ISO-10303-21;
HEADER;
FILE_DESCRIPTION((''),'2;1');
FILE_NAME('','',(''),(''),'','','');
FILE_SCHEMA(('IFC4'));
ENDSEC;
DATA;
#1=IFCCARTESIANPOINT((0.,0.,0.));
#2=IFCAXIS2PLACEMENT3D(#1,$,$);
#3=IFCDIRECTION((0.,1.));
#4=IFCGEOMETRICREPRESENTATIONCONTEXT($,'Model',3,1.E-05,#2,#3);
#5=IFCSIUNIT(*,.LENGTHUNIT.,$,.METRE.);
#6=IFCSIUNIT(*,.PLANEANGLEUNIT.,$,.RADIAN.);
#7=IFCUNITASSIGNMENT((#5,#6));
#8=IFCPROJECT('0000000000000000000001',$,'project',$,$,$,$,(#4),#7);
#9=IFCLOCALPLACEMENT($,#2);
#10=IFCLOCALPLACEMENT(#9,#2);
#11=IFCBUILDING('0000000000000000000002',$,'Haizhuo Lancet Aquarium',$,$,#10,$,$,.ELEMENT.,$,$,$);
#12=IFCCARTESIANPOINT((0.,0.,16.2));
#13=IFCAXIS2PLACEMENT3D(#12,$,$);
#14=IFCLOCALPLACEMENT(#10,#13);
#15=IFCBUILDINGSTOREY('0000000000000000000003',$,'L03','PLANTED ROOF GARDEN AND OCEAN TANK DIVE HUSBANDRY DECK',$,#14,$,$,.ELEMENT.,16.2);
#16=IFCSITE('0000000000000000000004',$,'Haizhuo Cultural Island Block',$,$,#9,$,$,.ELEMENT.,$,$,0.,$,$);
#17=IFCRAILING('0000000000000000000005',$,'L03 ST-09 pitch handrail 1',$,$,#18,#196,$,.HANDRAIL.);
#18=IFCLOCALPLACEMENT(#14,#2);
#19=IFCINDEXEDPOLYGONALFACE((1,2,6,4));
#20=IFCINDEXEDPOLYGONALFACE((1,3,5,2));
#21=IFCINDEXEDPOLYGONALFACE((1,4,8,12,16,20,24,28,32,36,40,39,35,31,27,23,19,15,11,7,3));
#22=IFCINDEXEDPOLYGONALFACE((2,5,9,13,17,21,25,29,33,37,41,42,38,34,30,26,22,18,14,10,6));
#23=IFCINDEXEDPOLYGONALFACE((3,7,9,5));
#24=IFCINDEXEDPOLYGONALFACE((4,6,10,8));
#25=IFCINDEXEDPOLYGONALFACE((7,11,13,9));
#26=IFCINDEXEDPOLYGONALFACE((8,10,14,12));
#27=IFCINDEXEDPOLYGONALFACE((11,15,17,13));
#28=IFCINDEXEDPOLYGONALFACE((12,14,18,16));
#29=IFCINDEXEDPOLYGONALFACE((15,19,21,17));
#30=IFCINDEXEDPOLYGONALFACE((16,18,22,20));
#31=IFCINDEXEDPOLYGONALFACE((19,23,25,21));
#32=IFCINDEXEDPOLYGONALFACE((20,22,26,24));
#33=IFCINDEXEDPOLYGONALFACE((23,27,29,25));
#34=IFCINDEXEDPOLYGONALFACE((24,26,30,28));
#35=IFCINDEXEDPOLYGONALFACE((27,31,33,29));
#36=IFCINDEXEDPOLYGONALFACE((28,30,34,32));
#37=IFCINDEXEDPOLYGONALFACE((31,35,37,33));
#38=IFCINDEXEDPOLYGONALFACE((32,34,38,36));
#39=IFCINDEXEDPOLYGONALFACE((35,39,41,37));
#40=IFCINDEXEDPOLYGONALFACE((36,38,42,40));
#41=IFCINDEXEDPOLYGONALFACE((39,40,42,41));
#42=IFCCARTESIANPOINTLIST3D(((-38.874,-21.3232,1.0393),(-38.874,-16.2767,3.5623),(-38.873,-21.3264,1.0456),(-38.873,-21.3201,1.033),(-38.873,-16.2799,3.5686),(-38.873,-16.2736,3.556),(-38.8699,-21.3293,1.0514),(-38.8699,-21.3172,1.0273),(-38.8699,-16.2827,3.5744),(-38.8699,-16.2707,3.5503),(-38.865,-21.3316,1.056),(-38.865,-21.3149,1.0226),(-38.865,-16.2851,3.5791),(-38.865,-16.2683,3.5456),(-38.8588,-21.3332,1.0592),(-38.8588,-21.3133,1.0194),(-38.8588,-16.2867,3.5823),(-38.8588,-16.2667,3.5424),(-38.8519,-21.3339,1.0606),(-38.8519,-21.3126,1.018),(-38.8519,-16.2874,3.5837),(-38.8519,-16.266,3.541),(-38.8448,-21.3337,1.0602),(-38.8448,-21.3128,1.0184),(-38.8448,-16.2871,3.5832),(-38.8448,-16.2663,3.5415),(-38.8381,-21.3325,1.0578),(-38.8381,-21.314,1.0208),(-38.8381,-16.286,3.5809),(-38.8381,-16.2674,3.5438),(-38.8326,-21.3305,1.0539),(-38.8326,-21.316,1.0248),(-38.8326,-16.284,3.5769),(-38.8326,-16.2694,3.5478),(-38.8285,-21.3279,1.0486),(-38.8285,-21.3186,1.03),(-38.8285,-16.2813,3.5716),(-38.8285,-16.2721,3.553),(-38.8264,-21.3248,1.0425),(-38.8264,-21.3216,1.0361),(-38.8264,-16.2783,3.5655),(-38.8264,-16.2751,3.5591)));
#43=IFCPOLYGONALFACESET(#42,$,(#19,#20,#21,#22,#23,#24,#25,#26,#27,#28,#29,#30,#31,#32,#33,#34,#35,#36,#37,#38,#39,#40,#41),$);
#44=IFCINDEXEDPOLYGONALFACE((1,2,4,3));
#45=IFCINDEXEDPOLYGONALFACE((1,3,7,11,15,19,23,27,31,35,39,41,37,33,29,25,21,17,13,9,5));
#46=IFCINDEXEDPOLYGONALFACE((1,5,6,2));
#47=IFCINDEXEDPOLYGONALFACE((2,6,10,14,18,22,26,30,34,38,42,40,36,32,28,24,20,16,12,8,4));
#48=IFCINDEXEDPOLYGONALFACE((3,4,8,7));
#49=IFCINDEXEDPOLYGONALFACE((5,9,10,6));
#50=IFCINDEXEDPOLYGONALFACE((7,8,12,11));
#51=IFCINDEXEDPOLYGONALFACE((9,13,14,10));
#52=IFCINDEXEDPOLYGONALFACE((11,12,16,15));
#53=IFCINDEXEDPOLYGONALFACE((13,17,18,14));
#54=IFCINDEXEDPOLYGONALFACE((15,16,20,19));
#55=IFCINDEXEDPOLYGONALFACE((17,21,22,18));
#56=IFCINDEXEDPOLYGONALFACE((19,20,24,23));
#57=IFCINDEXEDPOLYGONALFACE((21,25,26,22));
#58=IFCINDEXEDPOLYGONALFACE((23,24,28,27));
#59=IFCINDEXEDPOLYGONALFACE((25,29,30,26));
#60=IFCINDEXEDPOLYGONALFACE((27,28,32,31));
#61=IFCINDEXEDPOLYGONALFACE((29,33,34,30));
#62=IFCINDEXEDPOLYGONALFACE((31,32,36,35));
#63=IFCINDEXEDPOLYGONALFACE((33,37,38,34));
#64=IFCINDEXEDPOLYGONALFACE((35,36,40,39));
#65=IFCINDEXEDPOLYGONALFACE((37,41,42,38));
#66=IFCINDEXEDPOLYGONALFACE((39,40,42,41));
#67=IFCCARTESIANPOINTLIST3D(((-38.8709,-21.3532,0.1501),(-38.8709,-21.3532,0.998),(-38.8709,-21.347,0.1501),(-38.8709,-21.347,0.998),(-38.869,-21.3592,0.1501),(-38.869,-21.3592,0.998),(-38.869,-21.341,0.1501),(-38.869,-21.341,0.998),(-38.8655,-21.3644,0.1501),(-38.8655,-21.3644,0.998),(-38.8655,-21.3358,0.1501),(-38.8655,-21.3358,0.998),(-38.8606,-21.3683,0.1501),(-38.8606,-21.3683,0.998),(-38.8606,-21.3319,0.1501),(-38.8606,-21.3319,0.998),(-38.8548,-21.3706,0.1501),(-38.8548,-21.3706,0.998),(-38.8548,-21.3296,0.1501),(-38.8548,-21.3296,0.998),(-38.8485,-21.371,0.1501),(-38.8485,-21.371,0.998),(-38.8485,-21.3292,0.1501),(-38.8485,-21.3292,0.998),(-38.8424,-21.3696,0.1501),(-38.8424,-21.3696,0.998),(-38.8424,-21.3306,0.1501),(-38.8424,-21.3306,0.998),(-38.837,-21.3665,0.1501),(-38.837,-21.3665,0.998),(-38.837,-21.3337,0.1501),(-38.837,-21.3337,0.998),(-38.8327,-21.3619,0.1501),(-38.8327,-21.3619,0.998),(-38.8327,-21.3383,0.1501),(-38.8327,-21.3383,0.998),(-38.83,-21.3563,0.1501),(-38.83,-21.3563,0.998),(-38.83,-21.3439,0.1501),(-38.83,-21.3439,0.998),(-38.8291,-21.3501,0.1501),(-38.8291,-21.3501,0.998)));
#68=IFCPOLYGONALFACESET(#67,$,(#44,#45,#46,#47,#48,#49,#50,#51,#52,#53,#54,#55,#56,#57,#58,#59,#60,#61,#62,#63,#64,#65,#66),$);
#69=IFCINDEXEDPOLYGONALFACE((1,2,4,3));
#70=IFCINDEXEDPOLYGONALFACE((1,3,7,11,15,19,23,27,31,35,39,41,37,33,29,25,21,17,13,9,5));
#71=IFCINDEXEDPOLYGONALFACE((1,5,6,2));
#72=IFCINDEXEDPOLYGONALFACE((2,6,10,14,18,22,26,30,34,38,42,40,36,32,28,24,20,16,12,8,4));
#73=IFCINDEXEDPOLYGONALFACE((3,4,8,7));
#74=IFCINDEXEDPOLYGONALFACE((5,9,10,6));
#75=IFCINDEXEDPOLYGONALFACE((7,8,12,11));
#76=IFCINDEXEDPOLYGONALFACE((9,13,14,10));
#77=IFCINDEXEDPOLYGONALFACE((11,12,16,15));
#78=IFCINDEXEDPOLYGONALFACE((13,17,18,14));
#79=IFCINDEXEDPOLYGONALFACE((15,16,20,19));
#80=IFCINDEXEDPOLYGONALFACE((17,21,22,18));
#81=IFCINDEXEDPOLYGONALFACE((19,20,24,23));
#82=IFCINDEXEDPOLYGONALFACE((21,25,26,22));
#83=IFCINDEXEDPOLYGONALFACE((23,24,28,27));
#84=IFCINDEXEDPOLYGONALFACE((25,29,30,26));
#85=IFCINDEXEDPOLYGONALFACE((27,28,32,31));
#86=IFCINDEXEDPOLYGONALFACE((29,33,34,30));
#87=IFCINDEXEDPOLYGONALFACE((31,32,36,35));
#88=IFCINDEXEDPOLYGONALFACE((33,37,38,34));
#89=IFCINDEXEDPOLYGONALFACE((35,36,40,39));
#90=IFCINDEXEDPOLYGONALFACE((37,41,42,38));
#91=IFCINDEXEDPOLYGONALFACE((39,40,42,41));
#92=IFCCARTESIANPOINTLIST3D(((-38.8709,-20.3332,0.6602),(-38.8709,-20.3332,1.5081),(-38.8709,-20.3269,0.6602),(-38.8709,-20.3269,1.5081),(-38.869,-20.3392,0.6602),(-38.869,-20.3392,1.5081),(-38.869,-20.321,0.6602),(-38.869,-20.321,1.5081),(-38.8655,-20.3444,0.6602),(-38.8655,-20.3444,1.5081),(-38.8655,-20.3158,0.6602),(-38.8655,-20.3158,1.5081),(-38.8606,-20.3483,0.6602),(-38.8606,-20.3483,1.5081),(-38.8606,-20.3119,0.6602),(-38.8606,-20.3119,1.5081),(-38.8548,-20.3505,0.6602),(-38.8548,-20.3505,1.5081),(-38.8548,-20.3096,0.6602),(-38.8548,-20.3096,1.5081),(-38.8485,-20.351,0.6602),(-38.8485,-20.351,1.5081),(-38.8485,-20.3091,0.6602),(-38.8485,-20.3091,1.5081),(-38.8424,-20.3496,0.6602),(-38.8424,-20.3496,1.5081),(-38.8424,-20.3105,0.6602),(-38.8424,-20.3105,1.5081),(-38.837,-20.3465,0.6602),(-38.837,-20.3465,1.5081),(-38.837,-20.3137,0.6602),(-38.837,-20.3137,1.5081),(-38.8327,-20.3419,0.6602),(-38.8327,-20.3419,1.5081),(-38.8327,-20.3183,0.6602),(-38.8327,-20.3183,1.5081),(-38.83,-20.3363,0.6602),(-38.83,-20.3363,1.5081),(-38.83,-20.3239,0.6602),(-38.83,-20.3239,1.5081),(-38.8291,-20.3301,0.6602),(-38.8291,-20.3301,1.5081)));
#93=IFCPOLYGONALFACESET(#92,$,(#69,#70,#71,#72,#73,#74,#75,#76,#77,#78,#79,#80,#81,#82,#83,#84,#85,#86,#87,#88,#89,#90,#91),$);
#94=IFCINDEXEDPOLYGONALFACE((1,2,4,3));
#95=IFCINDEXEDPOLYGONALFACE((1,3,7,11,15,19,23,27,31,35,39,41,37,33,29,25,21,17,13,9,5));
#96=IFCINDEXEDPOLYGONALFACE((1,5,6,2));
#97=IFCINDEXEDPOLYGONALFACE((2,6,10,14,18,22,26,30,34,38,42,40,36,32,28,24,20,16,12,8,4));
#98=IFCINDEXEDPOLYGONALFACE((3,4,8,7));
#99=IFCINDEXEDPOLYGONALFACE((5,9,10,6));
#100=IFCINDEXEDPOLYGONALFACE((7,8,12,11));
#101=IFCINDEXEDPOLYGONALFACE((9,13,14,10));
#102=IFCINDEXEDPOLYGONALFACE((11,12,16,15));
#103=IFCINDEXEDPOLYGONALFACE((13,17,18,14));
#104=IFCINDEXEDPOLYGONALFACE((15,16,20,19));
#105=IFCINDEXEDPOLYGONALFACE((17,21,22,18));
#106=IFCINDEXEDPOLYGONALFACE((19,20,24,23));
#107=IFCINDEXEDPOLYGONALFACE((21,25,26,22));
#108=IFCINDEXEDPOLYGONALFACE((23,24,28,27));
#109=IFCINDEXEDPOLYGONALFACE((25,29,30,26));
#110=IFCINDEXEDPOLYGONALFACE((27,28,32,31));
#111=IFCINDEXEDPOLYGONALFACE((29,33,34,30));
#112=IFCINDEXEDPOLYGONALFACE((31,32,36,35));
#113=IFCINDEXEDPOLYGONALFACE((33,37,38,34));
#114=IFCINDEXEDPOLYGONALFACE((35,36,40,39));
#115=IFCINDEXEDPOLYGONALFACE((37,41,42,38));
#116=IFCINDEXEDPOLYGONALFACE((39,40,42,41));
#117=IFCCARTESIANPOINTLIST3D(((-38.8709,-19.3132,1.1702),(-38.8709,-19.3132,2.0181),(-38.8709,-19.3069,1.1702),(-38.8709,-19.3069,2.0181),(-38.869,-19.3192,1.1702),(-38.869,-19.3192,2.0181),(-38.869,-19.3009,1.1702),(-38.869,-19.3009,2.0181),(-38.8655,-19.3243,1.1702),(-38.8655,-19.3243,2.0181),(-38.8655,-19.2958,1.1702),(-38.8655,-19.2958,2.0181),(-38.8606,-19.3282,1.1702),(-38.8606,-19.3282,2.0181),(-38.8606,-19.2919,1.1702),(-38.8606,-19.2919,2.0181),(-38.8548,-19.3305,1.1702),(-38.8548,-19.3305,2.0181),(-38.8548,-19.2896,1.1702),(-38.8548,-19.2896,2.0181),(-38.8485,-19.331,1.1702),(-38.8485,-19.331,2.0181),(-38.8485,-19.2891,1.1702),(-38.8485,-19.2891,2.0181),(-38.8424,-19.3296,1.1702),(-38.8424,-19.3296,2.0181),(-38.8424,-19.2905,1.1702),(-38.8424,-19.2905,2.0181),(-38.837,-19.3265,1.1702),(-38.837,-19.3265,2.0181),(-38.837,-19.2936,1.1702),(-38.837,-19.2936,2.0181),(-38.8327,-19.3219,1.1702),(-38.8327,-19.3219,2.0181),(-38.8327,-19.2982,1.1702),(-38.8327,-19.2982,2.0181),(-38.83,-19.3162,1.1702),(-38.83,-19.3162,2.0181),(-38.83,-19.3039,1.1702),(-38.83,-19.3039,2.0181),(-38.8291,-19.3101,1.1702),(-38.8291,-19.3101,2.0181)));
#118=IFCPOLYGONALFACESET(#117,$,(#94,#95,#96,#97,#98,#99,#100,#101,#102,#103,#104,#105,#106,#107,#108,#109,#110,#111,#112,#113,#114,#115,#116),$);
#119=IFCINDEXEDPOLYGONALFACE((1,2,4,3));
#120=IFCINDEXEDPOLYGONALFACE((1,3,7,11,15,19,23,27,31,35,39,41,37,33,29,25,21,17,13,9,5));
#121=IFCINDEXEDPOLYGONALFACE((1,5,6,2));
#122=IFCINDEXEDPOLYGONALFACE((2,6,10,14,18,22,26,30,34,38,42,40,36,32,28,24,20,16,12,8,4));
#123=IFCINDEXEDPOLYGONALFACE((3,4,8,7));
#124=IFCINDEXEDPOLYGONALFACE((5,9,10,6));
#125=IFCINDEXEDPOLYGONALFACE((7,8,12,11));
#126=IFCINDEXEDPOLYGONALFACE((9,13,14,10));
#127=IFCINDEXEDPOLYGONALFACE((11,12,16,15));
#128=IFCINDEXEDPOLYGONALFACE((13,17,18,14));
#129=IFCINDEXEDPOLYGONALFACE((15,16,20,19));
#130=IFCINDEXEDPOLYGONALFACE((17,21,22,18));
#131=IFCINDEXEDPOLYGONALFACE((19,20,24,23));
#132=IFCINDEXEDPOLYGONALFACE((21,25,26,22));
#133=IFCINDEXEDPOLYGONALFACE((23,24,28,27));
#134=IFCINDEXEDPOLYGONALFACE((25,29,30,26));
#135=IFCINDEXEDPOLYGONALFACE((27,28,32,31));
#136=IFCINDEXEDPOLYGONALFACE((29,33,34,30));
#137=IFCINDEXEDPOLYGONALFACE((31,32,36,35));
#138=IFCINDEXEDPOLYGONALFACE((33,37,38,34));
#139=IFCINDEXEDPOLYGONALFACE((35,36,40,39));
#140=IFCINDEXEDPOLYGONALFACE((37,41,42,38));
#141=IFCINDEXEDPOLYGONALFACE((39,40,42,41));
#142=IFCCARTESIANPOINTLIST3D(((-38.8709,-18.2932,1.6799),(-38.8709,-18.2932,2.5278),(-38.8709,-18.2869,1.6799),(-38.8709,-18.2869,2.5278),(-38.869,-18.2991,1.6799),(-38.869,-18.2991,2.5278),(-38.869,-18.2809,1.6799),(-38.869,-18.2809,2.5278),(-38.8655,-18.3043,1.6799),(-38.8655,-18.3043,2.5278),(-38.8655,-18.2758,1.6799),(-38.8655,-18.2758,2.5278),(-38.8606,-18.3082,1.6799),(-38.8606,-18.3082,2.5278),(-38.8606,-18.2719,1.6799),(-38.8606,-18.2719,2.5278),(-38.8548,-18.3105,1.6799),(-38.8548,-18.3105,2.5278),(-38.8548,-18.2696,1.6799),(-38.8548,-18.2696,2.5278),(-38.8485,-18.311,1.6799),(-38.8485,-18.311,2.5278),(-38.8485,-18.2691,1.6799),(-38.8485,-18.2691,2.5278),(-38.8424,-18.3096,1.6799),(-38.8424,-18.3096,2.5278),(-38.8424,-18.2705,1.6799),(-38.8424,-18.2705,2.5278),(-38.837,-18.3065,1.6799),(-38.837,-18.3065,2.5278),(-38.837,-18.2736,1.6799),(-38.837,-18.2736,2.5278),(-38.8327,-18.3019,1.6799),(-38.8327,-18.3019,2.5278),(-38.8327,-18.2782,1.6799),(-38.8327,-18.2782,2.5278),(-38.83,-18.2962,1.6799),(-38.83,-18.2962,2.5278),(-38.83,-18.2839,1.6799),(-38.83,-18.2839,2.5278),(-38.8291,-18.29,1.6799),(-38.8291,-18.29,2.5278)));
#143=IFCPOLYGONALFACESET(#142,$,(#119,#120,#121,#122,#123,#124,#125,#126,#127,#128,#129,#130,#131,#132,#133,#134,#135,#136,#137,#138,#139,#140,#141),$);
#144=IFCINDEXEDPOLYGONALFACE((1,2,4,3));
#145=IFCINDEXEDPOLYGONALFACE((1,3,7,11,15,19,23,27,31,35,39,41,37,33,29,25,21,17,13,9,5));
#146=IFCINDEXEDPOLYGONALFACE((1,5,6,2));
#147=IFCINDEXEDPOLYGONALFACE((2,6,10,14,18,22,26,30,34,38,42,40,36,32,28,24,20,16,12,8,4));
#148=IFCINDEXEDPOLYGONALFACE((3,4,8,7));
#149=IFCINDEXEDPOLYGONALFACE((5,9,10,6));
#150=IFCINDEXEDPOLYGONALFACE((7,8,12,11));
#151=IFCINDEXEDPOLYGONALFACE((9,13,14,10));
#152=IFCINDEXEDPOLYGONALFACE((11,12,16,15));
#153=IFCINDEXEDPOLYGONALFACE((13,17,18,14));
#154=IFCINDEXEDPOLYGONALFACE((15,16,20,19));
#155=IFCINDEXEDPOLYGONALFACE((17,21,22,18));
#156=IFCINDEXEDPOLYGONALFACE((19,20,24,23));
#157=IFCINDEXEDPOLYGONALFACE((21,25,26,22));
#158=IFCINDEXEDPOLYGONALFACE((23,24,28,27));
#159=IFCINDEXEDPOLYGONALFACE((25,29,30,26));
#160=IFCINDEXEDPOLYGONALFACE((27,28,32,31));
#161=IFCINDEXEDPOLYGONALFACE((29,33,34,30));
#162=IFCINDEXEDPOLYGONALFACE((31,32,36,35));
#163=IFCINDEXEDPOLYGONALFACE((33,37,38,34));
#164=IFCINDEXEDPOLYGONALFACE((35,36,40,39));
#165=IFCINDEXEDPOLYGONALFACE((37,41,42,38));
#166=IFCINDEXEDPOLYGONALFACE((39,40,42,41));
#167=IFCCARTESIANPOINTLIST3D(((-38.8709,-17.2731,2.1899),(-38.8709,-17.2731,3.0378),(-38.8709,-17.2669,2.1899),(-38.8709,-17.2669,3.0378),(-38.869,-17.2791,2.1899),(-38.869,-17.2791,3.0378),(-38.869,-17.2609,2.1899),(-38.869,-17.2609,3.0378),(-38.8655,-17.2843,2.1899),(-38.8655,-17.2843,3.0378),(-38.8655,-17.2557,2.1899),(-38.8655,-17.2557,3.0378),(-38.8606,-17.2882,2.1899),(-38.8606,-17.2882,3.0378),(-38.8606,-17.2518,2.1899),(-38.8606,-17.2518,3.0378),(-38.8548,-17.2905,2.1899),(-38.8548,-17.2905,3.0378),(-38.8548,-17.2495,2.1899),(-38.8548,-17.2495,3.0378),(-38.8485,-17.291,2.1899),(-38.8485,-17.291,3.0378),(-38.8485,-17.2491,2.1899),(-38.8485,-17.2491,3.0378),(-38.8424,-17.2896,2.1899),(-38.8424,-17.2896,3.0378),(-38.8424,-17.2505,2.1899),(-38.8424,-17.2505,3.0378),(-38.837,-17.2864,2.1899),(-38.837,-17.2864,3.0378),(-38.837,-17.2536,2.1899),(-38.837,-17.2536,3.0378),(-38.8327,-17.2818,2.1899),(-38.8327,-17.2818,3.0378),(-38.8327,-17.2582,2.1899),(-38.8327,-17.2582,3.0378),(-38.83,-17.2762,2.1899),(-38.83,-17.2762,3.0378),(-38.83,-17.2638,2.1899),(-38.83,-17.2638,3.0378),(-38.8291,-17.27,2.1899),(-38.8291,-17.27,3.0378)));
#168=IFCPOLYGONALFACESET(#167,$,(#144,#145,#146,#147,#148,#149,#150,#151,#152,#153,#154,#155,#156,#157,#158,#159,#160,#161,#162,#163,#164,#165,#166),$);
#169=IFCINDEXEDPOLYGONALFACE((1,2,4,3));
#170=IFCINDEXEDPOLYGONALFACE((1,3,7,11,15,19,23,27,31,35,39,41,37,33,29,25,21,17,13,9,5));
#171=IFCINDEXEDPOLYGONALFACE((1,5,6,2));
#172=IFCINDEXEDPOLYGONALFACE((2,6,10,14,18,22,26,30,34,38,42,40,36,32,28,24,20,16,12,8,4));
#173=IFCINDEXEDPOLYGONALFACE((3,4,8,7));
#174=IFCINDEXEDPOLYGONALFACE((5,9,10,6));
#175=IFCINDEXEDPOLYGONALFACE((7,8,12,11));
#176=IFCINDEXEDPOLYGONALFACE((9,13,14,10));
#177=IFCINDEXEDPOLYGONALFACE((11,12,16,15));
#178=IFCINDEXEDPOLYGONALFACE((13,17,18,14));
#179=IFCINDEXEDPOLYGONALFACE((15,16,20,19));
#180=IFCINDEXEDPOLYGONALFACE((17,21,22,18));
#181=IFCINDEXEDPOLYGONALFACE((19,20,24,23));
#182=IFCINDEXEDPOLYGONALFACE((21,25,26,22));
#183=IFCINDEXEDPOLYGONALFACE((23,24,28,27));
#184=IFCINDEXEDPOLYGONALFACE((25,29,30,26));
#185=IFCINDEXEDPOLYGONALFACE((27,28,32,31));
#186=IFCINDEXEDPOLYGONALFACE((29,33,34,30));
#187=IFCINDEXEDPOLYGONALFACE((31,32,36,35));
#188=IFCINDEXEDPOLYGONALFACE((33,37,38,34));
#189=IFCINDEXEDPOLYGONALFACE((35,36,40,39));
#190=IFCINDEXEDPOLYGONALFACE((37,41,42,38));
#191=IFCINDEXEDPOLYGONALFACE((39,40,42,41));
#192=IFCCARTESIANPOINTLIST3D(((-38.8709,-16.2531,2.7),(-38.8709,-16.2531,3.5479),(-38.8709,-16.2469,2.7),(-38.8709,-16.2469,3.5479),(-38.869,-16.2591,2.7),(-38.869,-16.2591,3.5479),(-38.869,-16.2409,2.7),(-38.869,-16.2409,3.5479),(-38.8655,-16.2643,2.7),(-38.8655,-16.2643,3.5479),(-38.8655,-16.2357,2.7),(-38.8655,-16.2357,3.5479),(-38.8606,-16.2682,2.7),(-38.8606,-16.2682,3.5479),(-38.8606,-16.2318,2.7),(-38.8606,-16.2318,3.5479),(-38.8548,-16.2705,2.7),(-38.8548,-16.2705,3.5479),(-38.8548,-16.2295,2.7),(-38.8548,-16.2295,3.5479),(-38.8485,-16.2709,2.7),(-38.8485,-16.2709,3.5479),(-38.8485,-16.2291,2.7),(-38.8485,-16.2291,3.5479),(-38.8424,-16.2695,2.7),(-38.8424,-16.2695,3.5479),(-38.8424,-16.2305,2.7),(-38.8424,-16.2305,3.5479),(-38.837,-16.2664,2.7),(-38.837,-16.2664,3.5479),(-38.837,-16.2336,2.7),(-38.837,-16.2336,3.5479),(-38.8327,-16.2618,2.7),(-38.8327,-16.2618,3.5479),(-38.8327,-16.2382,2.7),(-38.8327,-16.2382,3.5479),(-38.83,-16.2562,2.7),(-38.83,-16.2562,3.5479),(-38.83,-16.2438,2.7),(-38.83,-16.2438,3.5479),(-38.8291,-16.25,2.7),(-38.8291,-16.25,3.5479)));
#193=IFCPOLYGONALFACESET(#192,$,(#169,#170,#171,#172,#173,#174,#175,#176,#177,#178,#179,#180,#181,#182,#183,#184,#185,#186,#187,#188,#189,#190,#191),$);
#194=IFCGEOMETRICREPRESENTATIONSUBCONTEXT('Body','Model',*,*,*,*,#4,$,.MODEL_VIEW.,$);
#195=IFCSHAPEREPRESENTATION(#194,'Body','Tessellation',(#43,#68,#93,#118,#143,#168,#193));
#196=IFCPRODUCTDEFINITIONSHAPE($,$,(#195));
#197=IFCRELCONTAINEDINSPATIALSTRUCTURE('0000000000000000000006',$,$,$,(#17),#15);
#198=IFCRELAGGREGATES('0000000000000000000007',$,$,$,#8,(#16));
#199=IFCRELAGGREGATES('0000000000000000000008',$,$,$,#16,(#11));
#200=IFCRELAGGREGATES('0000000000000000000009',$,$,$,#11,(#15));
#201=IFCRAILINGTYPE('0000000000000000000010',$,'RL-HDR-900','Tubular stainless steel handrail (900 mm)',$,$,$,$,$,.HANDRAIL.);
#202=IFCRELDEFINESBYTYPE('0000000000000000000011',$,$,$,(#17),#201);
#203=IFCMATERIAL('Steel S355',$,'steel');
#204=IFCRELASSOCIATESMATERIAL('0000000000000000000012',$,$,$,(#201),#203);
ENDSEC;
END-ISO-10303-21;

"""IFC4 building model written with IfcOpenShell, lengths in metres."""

from ifc_helpers import new_model, si_unit, direction, frame, origin, origin_2d, place, context, subcontext, project, spatial, circle, extrude, material, type_object, element, save


model = new_model("IFC4")

# Units and contexts
model_context = context("Model", 3, precision=1e-05, world=origin(), true_north=direction((0.0, 1.0)))
body_context = subcontext(model_context, "Body", "Model", "MODEL_VIEW")
ifc_project = project(units=[si_unit("LENGTHUNIT", "METRE"), si_unit("PLANEANGLEUNIT", "RADIAN")], contexts=[model_context])

# Site, building, storey
site_placement = place(None, origin())
site = spatial("IfcSite", under=ifc_project, at=site_placement, Name="Haizhuo Cultural Island Block", CompositionType="ELEMENT", RefElevation=0.0)
building_placement = place(site_placement, origin())
building = spatial("IfcBuilding", under=site, at=building_placement, Name="Haizhuo Lancet Aquarium", CompositionType="ELEMENT")
storey_placement = place(building_placement, frame((0.0, 0.0, 16.2)))
storey = spatial("IfcBuildingStorey", under=building, at=storey_placement, Name="L03", Description="PLANTED ROOF GARDEN AND OCEAN TANK DIVE HUSBANDRY DECK", CompositionType="ELEMENT", Elevation=16.2)

# Shared definitions
ifc_material_1 = material(Name="Steel S355", Category="steel")

# Railing
railing_type_1 = type_object("IfcRailingType", Name="RL-HDR-900", Description="Tubular stainless steel handrail (900 mm)", PredefinedType="HANDRAIL", material=ifc_material_1)
railing_1_placement = place(storey_placement, frame((-38.8501, -21.3501, 0.1501)))
element("IfcRailing", 1, at=railing_1_placement, inside=storey, type_object=railing_type_1, Name="L03 ST-09 pitch handrail 1", PredefinedType="HANDRAIL", context=body_context, shape_type="SweptSolid", body=[
    extrude(circle(Radius=0.0239, at=origin_2d()), frame((0.0, 0.0269, 0.8892), z_axis=(0.0, 0.894444, 0.447179), x_axis=(-1.0, 0.0, 0.0)), (0.0, 0.0, 1.0), 5.6421),
    extrude(circle(Radius=0.021, at=origin_2d()), origin(), (0.0, 0.0, 1.0), 0.8479),
    extrude(circle(Radius=0.021, at=origin_2d()), frame((0.0, 1.02, 0.51)), (0.0, 0.0, 1.0), 0.8479),
    extrude(circle(Radius=0.021, at=origin_2d()), frame((0.0, 2.04, 1.02)), (0.0, 0.0, 1.0), 0.8479),
    extrude(circle(Radius=0.021, at=origin_2d()), frame((0.0, 3.0601, 1.5298)), (0.0, 0.0, 1.0), 0.8479),
    extrude(circle(Radius=0.021, at=origin_2d()), frame((0.0, 4.0801, 2.0398)), (0.0, 0.0, 1.0), 0.8479),
    extrude(circle(Radius=0.021, at=origin_2d()), frame((0.0, 5.1001, 2.5498)), (0.0, 0.0, 1.0), 0.8479),
])

save(model, "model.ifc")
